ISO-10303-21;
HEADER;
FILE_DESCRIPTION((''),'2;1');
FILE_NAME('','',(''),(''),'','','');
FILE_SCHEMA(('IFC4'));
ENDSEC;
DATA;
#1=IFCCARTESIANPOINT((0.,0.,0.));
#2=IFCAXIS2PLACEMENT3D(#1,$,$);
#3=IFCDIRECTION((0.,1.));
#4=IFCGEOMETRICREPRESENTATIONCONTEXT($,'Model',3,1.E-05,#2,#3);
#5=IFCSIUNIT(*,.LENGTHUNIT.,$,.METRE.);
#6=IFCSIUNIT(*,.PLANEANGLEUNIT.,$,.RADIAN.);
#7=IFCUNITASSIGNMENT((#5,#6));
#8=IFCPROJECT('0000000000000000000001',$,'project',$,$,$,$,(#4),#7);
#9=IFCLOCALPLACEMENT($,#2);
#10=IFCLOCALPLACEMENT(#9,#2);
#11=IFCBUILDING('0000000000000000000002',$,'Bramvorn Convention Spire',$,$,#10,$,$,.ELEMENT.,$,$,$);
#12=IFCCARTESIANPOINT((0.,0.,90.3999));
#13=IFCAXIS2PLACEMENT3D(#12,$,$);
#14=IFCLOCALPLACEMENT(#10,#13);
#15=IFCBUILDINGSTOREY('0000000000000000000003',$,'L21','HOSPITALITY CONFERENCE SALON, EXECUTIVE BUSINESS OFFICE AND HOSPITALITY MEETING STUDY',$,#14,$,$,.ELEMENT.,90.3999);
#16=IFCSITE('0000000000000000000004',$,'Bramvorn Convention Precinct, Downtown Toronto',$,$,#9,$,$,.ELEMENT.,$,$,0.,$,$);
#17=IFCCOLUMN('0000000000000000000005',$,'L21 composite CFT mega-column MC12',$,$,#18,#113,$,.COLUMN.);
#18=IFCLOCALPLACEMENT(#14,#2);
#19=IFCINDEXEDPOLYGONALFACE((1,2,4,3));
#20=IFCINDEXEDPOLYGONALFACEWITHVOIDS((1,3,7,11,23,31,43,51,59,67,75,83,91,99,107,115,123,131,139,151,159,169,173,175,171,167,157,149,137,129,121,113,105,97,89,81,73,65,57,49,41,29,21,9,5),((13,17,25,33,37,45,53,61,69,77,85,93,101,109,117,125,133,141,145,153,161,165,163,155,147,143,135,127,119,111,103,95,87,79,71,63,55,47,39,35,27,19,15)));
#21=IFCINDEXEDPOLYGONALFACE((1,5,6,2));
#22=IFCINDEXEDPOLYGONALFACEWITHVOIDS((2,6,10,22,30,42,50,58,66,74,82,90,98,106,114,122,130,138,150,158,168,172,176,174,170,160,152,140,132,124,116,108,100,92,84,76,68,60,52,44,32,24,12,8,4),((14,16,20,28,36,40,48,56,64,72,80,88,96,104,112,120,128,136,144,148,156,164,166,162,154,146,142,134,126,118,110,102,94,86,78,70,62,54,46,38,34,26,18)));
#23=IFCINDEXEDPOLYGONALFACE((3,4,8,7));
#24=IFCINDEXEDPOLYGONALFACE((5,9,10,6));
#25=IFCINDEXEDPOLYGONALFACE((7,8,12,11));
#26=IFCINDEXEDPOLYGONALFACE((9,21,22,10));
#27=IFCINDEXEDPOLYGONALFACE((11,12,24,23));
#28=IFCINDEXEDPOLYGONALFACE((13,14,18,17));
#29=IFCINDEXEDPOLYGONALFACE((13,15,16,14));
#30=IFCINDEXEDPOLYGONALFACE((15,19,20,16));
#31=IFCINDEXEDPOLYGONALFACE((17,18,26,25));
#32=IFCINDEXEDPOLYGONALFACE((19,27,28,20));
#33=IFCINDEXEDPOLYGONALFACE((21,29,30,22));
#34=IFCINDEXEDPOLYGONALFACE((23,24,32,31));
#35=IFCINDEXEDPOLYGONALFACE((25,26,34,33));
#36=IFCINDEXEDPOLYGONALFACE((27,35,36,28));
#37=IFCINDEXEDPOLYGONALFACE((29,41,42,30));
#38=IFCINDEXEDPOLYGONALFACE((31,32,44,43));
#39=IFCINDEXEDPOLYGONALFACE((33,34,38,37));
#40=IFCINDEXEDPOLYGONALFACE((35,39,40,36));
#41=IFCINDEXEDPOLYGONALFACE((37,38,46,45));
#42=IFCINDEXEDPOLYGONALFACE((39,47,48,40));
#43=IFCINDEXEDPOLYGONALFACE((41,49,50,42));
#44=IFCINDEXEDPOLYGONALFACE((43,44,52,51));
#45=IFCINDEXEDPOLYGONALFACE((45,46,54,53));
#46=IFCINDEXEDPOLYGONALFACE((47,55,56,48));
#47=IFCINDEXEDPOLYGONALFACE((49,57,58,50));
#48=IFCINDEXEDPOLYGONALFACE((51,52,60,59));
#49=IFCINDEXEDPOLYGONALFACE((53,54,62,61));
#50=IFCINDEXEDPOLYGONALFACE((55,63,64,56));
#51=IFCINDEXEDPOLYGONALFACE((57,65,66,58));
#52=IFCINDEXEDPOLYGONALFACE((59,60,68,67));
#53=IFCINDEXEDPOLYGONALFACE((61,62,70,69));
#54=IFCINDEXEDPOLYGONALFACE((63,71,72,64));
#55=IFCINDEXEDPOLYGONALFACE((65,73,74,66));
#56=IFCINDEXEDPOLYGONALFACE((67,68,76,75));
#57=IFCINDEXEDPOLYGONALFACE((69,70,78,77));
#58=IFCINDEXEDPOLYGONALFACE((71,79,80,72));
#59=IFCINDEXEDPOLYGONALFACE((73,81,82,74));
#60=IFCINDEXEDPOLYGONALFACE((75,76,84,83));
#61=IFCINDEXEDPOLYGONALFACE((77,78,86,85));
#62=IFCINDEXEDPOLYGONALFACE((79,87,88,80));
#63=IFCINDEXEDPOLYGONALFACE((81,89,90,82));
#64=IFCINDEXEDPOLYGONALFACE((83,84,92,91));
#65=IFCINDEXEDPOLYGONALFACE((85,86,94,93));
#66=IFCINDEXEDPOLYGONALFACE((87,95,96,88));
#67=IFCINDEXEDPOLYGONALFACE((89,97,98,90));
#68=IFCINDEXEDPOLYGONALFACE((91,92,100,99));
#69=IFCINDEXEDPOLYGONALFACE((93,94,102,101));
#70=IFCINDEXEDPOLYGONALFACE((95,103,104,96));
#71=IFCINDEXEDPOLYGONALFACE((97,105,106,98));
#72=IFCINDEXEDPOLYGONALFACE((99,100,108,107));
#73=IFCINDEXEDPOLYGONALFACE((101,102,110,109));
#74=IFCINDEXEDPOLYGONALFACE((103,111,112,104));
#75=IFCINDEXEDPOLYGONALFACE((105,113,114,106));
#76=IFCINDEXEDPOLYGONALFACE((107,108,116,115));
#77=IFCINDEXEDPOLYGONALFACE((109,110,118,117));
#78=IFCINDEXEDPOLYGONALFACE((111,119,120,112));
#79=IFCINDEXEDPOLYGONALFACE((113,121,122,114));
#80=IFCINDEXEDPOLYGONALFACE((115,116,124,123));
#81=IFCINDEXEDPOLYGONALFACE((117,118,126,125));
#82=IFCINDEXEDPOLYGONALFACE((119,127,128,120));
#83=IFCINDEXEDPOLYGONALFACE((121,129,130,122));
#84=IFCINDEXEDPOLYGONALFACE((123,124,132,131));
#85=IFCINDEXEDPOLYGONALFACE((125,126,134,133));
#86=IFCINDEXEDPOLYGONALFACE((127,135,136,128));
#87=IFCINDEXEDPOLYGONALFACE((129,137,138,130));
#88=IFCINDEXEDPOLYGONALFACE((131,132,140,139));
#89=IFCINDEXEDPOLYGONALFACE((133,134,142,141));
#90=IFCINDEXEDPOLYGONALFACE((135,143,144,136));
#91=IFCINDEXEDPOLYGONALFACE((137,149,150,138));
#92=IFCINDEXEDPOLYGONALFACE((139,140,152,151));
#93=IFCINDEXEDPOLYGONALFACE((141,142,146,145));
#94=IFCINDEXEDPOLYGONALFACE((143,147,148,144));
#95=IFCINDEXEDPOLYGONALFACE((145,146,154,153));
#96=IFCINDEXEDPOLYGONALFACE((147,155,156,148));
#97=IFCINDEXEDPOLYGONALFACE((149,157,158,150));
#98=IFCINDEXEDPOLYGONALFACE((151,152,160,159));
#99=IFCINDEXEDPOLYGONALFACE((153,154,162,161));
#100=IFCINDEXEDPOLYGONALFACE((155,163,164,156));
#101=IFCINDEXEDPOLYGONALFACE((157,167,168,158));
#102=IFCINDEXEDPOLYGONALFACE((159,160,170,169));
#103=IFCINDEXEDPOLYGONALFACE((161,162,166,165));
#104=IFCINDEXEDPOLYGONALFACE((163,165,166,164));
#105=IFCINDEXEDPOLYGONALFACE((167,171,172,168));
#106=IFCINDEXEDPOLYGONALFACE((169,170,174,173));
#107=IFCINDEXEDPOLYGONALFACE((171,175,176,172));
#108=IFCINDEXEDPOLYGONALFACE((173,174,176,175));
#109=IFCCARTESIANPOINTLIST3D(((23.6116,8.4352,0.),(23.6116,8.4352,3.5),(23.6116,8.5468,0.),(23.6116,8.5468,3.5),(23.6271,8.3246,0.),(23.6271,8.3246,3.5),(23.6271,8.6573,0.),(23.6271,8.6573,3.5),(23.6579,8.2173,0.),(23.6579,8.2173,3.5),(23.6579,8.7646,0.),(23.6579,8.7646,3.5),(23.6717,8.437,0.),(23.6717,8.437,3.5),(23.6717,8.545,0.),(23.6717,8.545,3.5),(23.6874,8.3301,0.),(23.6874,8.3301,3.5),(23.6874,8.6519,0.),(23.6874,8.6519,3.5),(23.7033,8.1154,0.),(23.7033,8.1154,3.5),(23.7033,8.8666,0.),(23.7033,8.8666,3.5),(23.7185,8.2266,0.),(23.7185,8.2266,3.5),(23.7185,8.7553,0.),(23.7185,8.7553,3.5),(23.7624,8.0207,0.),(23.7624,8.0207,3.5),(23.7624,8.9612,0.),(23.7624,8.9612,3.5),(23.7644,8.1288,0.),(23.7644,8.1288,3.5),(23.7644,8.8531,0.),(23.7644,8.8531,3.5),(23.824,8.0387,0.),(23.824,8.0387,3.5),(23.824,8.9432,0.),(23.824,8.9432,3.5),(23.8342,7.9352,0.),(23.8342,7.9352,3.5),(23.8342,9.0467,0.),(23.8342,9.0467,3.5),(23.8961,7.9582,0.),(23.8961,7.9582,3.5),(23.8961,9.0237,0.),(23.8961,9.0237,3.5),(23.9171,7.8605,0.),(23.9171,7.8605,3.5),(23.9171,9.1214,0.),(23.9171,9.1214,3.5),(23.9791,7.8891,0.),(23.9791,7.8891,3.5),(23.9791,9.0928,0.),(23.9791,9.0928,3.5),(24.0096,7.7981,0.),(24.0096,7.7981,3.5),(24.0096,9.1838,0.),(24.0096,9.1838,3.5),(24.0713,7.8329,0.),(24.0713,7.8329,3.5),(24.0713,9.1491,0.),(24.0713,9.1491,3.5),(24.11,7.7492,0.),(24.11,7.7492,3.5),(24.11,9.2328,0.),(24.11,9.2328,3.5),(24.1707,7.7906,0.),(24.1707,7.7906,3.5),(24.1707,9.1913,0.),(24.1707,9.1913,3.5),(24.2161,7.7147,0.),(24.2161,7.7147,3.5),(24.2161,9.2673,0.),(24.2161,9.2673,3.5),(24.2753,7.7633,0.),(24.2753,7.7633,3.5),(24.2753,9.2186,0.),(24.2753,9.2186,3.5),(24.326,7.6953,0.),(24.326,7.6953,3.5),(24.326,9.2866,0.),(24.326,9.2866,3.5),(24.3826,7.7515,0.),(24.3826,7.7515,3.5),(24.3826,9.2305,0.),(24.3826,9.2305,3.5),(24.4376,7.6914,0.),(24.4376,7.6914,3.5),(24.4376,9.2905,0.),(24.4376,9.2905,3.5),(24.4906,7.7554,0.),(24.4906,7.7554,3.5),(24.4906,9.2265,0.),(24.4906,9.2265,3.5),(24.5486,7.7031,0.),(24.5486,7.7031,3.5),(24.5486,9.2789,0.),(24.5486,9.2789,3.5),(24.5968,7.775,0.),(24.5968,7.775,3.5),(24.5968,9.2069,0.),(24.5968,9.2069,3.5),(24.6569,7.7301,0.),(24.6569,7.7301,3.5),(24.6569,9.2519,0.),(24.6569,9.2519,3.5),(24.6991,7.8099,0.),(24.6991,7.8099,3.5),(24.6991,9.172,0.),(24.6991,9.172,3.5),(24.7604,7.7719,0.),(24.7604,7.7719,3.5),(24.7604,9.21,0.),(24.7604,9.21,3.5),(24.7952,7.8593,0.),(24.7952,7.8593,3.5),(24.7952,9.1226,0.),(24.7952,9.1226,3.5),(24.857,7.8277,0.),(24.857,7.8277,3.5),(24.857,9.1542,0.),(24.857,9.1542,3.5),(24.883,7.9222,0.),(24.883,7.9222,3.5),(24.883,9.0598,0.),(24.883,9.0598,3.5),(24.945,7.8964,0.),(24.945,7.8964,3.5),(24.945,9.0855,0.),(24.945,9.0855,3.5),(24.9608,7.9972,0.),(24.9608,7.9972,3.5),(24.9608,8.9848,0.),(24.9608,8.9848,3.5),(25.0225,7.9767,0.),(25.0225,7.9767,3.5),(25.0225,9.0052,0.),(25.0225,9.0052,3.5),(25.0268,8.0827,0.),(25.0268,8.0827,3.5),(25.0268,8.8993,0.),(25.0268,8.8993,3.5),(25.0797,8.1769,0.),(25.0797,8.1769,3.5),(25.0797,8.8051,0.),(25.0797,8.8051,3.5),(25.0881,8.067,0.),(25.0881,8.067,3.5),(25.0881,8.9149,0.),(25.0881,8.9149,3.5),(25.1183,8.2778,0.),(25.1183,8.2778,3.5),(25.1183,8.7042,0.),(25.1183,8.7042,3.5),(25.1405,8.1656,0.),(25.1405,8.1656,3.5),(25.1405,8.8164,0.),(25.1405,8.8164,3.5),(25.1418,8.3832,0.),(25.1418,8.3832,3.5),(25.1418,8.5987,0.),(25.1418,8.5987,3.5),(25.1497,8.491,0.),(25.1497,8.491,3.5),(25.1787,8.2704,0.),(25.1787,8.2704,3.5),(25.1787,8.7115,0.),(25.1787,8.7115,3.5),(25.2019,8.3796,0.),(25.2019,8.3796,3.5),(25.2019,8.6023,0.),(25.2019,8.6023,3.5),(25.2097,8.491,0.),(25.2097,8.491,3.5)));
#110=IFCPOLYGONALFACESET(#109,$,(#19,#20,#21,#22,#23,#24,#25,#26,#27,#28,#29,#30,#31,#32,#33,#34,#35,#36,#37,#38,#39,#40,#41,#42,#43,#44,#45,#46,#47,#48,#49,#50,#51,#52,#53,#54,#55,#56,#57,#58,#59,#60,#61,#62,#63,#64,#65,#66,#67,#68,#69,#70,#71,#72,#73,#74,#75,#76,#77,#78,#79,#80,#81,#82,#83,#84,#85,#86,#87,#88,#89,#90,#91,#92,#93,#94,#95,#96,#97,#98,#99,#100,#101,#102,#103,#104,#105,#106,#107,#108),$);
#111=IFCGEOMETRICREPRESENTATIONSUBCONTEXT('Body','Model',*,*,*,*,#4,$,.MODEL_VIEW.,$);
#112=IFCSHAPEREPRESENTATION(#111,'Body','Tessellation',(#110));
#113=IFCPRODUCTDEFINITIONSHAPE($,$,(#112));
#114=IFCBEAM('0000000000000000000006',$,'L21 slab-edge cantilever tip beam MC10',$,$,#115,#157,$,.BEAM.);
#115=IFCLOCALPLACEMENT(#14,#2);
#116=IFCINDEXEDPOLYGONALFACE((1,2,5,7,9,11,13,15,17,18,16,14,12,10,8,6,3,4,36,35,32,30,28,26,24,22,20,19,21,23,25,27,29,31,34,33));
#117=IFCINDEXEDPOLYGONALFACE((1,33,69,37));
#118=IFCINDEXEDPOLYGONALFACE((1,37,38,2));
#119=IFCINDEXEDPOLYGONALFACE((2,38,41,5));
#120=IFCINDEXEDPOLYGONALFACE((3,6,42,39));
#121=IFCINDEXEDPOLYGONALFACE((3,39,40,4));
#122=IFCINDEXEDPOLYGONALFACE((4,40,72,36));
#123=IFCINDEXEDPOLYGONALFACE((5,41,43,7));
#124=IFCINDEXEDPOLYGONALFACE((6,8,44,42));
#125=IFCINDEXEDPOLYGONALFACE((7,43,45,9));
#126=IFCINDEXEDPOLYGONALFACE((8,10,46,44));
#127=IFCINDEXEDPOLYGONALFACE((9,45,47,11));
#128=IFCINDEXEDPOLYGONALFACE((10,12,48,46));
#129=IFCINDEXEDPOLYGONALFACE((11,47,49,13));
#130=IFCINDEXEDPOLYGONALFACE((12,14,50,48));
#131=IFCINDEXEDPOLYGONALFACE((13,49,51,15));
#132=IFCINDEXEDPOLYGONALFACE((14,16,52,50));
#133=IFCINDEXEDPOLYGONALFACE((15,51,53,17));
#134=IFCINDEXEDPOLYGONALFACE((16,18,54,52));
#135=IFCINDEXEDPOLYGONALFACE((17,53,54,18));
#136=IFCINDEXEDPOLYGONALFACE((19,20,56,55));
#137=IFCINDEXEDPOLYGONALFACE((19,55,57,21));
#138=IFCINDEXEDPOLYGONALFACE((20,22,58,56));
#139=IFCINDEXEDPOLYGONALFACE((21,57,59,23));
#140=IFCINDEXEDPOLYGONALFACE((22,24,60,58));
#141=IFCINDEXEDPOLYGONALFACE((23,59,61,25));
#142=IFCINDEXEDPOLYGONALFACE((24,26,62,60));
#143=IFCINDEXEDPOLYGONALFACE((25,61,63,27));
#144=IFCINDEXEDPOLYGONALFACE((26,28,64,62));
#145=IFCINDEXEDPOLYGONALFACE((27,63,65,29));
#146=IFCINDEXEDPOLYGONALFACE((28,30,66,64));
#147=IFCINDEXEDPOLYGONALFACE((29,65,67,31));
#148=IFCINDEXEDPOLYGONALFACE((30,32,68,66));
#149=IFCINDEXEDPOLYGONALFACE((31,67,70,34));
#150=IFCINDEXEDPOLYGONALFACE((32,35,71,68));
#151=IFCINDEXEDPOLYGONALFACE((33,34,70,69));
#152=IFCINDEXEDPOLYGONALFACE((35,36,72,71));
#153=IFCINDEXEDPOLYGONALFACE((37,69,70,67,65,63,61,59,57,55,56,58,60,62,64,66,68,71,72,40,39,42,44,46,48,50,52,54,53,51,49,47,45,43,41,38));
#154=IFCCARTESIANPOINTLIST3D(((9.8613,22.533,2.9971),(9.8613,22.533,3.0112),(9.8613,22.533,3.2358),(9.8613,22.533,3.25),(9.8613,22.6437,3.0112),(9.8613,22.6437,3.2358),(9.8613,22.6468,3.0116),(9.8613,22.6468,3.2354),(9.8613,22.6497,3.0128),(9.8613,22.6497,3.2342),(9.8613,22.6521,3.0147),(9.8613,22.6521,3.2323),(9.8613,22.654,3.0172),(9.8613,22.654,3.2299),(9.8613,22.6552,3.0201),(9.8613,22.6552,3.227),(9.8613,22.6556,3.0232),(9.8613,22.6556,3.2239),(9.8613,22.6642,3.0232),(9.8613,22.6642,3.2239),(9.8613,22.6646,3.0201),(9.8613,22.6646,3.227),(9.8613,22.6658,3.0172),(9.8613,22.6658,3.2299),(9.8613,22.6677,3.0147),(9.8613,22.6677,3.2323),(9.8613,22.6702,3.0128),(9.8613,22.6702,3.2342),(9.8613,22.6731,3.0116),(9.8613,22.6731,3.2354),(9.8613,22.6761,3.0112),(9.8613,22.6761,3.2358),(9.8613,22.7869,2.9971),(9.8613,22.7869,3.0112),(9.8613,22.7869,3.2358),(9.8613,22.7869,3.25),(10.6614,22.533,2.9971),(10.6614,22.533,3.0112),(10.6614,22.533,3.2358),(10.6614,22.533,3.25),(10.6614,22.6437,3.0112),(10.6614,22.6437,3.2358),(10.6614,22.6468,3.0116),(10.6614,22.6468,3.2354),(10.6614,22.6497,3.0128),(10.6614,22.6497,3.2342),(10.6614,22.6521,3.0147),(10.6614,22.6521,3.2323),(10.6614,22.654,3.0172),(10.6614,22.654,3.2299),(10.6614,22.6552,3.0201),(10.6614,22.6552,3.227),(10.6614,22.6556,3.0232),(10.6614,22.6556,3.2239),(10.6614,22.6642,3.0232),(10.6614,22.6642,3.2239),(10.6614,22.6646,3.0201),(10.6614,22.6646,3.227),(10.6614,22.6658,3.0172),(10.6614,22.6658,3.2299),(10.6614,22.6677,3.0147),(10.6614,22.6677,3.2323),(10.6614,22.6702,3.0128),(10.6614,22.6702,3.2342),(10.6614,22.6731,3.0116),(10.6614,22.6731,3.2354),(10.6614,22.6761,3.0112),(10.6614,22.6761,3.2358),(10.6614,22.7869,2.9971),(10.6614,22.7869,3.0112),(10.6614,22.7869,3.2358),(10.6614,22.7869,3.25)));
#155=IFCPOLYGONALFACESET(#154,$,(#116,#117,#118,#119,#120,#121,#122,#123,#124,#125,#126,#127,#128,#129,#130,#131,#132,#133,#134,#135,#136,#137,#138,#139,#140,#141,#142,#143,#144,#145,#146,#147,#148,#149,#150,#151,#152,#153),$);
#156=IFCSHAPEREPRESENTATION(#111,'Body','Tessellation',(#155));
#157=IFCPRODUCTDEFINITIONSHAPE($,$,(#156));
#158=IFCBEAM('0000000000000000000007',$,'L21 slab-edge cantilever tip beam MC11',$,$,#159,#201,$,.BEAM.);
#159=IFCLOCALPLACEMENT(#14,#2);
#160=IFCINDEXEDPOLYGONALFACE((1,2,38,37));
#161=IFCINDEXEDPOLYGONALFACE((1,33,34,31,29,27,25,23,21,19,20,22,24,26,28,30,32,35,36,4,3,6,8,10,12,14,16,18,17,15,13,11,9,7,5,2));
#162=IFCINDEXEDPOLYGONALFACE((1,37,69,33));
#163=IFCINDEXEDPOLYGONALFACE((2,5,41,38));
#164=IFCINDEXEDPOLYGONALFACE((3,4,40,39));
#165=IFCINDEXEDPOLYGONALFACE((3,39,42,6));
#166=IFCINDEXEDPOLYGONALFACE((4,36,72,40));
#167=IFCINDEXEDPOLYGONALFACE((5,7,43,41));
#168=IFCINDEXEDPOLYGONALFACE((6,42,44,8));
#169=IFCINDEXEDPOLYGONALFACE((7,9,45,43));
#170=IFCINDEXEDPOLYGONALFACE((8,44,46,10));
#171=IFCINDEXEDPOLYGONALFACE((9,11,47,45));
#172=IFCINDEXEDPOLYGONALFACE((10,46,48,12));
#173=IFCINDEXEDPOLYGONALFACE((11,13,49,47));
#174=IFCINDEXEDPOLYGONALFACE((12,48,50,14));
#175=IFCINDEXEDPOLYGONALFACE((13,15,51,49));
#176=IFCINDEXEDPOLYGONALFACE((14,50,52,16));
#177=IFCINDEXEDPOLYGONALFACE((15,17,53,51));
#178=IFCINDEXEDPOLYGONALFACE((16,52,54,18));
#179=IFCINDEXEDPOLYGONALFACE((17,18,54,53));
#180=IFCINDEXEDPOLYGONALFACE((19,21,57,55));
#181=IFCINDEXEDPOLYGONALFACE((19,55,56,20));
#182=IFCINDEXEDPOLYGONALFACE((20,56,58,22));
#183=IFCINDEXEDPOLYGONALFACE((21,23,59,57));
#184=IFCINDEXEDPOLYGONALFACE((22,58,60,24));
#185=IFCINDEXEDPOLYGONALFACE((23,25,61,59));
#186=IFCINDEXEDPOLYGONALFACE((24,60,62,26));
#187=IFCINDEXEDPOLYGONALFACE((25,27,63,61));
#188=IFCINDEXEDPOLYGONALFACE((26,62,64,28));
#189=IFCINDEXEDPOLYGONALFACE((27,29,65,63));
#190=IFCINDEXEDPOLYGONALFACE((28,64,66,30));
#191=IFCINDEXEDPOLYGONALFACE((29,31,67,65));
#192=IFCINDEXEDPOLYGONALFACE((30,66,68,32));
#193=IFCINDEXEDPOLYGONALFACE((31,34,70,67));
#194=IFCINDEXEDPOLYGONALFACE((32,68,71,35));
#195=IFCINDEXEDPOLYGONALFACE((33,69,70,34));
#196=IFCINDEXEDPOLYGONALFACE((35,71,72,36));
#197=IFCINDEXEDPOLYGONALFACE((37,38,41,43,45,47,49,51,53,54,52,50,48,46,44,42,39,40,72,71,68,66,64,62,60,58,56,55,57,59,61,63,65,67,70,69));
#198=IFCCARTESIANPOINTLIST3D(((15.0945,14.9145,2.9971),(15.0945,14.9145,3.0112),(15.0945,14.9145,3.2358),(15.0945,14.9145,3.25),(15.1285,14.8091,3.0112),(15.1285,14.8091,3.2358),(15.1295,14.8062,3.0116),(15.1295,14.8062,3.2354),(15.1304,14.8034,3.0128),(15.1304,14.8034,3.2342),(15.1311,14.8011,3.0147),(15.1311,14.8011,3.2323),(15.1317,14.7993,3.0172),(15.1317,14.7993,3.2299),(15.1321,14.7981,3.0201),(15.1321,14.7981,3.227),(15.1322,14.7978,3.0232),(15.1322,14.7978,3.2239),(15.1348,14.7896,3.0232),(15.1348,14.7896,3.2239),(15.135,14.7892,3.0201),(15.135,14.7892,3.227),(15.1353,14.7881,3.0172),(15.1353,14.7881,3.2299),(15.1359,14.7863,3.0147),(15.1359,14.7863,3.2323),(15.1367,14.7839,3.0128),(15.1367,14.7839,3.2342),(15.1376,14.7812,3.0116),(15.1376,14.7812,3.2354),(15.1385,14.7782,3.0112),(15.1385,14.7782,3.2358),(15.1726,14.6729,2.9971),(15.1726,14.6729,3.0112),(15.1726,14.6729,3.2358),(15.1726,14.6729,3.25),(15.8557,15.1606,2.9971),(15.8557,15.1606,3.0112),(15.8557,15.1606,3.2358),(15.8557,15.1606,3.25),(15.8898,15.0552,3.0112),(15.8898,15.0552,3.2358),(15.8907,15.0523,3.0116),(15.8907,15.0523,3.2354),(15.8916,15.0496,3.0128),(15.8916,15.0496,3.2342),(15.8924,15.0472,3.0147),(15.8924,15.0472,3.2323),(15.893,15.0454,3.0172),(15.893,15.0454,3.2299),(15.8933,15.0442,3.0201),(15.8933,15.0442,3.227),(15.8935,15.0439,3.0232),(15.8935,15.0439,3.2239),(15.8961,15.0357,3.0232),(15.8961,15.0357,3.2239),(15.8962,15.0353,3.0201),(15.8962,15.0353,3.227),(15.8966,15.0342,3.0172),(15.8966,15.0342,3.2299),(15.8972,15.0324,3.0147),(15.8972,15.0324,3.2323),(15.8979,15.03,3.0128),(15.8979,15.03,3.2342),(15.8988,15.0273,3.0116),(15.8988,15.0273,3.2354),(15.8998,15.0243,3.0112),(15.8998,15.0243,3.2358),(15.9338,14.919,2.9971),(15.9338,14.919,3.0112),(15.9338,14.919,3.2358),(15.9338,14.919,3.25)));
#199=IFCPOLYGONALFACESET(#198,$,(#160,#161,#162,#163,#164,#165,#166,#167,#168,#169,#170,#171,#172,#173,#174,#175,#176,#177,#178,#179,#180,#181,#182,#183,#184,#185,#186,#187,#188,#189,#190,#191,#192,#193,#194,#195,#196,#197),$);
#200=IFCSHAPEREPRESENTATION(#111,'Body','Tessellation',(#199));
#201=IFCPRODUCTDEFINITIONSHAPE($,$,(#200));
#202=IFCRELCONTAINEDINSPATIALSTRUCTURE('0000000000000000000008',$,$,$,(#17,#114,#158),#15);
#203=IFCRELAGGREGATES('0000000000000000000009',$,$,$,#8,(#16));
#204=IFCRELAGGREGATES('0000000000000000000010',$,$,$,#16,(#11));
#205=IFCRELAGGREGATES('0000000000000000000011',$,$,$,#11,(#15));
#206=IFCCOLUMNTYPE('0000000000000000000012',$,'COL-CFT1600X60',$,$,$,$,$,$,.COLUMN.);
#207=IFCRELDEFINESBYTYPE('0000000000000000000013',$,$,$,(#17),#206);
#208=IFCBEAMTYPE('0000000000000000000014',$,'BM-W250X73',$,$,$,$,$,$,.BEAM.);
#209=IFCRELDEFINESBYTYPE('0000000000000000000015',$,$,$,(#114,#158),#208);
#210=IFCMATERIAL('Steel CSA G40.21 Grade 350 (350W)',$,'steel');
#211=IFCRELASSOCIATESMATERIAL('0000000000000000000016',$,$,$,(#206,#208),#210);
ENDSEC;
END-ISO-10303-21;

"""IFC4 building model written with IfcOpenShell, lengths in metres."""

from ifc_helpers import new_model, si_unit, direction, frame, origin, origin_2d, place, context, subcontext, project, spatial, hollow_circle, i_section, extrude, material, material_profile, profile_set, type_object, element, save


model = new_model("IFC4")

# Units and contexts
model_context = context("Model", 3, precision=1e-05, world=origin(), true_north=direction((0.0, 1.0)))
body_context = subcontext(model_context, "Body", "Model", "MODEL_VIEW")
ifc_project = project(units=[si_unit("LENGTHUNIT", "METRE"), si_unit("PLANEANGLEUNIT", "RADIAN")], contexts=[model_context])

# Site, building, storey
site_placement = place(None, origin())
site = spatial("IfcSite", under=ifc_project, at=site_placement, Name="Bramvorn Convention Precinct, Downtown Toronto", CompositionType="ELEMENT", RefElevation=0.0)
building_placement = place(site_placement, origin())
building = spatial("IfcBuilding", under=site, at=building_placement, Name="Bramvorn Convention Spire", CompositionType="ELEMENT")
storey_placement = place(building_placement, frame((0.0, 0.0, 90.3999)))
storey = spatial("IfcBuildingStorey", under=building, at=storey_placement, Name="L21", Description="HOSPITALITY CONFERENCE SALON, EXECUTIVE BUSINESS OFFICE AND HOSPITALITY MEETING STUDY", CompositionType="ELEMENT", Elevation=90.3999)

# Column
ifc_material_1 = material(Name="Steel CSA G40.21 Grade 350 (350W)", Category="steel")
ifc_material_profile_1 = material_profile(ifc_material_1, hollow_circle(Radius=0.8, WallThickness=0.0601, at=origin_2d()))
ifc_profile_set_1 = profile_set([ifc_material_profile_1], Name="Steel CSA G40.21 Grade 350 (350W) - CFT1600X60")
column_type = type_object("IfcColumnType", Name="COL-CFT1600X60", PredefinedType="COLUMN", material=ifc_profile_set_1)
for number, where, z_axis, x_axis, name in (
    (1, (24.4097, 8.491, 0.0), (0.0, 0.0, 1.0), (1.0, 0.0, 0.0), "L21 composite CFT mega-column MC12"),
):
    element("IfcColumn", number, at=place(storey_placement, frame(where, z_axis=z_axis, x_axis=x_axis)), inside=storey, type_object=column_type, Name=name, PredefinedType="COLUMN", context=body_context, shape_type="SweptSolid", body=[
        extrude(hollow_circle(Radius=0.8, WallThickness=0.0601, at=origin_2d()), origin(), (0.0, 0.0, 1.0), 3.5),
    ])

# Beams
ifc_material_profile_2 = material_profile(ifc_material_1, i_section(OverallWidth=0.2539, OverallDepth=0.2529, WebThickness=0.0085, FlangeThickness=0.0142, FilletRadius=0.012, at=origin_2d()))
ifc_profile_set_2 = profile_set([ifc_material_profile_2], Name="Steel CSA G40.21 Grade 350 (350W) - W250X73")
beam_type_1 = type_object("IfcBeamType", Name="BM-W250X73", PredefinedType="BEAM", material=ifc_profile_set_2)
for number, where, z_axis, x_axis, name in (
    (2, (10.6614, 22.6599, 3.1235), (-1.0, 0.0, 0.0), (0.0, -1.0, 0.0), "L21 slab-edge cantilever tip beam MC10"),
    (3, (15.8948, 15.0398, 3.1235), (-0.951513, -0.307609, 0.0), (0.307609, -0.951513, 0.0), "L21 slab-edge cantilever tip beam MC11"),
):
    element("IfcBeam", number, at=place(storey_placement, frame(where, z_axis=z_axis, x_axis=x_axis)), inside=storey, type_object=beam_type_1, Name=name, PredefinedType="BEAM", context=body_context, shape_type="SweptSolid", body=[
        extrude(i_section(OverallWidth=0.2539, OverallDepth=0.2529, WebThickness=0.0085, FlangeThickness=0.0142, FilletRadius=0.012, at=origin_2d()), origin(), (0.0, 0.0, 1.0), 0.8),
    ])

save(model, "model.ifc")
